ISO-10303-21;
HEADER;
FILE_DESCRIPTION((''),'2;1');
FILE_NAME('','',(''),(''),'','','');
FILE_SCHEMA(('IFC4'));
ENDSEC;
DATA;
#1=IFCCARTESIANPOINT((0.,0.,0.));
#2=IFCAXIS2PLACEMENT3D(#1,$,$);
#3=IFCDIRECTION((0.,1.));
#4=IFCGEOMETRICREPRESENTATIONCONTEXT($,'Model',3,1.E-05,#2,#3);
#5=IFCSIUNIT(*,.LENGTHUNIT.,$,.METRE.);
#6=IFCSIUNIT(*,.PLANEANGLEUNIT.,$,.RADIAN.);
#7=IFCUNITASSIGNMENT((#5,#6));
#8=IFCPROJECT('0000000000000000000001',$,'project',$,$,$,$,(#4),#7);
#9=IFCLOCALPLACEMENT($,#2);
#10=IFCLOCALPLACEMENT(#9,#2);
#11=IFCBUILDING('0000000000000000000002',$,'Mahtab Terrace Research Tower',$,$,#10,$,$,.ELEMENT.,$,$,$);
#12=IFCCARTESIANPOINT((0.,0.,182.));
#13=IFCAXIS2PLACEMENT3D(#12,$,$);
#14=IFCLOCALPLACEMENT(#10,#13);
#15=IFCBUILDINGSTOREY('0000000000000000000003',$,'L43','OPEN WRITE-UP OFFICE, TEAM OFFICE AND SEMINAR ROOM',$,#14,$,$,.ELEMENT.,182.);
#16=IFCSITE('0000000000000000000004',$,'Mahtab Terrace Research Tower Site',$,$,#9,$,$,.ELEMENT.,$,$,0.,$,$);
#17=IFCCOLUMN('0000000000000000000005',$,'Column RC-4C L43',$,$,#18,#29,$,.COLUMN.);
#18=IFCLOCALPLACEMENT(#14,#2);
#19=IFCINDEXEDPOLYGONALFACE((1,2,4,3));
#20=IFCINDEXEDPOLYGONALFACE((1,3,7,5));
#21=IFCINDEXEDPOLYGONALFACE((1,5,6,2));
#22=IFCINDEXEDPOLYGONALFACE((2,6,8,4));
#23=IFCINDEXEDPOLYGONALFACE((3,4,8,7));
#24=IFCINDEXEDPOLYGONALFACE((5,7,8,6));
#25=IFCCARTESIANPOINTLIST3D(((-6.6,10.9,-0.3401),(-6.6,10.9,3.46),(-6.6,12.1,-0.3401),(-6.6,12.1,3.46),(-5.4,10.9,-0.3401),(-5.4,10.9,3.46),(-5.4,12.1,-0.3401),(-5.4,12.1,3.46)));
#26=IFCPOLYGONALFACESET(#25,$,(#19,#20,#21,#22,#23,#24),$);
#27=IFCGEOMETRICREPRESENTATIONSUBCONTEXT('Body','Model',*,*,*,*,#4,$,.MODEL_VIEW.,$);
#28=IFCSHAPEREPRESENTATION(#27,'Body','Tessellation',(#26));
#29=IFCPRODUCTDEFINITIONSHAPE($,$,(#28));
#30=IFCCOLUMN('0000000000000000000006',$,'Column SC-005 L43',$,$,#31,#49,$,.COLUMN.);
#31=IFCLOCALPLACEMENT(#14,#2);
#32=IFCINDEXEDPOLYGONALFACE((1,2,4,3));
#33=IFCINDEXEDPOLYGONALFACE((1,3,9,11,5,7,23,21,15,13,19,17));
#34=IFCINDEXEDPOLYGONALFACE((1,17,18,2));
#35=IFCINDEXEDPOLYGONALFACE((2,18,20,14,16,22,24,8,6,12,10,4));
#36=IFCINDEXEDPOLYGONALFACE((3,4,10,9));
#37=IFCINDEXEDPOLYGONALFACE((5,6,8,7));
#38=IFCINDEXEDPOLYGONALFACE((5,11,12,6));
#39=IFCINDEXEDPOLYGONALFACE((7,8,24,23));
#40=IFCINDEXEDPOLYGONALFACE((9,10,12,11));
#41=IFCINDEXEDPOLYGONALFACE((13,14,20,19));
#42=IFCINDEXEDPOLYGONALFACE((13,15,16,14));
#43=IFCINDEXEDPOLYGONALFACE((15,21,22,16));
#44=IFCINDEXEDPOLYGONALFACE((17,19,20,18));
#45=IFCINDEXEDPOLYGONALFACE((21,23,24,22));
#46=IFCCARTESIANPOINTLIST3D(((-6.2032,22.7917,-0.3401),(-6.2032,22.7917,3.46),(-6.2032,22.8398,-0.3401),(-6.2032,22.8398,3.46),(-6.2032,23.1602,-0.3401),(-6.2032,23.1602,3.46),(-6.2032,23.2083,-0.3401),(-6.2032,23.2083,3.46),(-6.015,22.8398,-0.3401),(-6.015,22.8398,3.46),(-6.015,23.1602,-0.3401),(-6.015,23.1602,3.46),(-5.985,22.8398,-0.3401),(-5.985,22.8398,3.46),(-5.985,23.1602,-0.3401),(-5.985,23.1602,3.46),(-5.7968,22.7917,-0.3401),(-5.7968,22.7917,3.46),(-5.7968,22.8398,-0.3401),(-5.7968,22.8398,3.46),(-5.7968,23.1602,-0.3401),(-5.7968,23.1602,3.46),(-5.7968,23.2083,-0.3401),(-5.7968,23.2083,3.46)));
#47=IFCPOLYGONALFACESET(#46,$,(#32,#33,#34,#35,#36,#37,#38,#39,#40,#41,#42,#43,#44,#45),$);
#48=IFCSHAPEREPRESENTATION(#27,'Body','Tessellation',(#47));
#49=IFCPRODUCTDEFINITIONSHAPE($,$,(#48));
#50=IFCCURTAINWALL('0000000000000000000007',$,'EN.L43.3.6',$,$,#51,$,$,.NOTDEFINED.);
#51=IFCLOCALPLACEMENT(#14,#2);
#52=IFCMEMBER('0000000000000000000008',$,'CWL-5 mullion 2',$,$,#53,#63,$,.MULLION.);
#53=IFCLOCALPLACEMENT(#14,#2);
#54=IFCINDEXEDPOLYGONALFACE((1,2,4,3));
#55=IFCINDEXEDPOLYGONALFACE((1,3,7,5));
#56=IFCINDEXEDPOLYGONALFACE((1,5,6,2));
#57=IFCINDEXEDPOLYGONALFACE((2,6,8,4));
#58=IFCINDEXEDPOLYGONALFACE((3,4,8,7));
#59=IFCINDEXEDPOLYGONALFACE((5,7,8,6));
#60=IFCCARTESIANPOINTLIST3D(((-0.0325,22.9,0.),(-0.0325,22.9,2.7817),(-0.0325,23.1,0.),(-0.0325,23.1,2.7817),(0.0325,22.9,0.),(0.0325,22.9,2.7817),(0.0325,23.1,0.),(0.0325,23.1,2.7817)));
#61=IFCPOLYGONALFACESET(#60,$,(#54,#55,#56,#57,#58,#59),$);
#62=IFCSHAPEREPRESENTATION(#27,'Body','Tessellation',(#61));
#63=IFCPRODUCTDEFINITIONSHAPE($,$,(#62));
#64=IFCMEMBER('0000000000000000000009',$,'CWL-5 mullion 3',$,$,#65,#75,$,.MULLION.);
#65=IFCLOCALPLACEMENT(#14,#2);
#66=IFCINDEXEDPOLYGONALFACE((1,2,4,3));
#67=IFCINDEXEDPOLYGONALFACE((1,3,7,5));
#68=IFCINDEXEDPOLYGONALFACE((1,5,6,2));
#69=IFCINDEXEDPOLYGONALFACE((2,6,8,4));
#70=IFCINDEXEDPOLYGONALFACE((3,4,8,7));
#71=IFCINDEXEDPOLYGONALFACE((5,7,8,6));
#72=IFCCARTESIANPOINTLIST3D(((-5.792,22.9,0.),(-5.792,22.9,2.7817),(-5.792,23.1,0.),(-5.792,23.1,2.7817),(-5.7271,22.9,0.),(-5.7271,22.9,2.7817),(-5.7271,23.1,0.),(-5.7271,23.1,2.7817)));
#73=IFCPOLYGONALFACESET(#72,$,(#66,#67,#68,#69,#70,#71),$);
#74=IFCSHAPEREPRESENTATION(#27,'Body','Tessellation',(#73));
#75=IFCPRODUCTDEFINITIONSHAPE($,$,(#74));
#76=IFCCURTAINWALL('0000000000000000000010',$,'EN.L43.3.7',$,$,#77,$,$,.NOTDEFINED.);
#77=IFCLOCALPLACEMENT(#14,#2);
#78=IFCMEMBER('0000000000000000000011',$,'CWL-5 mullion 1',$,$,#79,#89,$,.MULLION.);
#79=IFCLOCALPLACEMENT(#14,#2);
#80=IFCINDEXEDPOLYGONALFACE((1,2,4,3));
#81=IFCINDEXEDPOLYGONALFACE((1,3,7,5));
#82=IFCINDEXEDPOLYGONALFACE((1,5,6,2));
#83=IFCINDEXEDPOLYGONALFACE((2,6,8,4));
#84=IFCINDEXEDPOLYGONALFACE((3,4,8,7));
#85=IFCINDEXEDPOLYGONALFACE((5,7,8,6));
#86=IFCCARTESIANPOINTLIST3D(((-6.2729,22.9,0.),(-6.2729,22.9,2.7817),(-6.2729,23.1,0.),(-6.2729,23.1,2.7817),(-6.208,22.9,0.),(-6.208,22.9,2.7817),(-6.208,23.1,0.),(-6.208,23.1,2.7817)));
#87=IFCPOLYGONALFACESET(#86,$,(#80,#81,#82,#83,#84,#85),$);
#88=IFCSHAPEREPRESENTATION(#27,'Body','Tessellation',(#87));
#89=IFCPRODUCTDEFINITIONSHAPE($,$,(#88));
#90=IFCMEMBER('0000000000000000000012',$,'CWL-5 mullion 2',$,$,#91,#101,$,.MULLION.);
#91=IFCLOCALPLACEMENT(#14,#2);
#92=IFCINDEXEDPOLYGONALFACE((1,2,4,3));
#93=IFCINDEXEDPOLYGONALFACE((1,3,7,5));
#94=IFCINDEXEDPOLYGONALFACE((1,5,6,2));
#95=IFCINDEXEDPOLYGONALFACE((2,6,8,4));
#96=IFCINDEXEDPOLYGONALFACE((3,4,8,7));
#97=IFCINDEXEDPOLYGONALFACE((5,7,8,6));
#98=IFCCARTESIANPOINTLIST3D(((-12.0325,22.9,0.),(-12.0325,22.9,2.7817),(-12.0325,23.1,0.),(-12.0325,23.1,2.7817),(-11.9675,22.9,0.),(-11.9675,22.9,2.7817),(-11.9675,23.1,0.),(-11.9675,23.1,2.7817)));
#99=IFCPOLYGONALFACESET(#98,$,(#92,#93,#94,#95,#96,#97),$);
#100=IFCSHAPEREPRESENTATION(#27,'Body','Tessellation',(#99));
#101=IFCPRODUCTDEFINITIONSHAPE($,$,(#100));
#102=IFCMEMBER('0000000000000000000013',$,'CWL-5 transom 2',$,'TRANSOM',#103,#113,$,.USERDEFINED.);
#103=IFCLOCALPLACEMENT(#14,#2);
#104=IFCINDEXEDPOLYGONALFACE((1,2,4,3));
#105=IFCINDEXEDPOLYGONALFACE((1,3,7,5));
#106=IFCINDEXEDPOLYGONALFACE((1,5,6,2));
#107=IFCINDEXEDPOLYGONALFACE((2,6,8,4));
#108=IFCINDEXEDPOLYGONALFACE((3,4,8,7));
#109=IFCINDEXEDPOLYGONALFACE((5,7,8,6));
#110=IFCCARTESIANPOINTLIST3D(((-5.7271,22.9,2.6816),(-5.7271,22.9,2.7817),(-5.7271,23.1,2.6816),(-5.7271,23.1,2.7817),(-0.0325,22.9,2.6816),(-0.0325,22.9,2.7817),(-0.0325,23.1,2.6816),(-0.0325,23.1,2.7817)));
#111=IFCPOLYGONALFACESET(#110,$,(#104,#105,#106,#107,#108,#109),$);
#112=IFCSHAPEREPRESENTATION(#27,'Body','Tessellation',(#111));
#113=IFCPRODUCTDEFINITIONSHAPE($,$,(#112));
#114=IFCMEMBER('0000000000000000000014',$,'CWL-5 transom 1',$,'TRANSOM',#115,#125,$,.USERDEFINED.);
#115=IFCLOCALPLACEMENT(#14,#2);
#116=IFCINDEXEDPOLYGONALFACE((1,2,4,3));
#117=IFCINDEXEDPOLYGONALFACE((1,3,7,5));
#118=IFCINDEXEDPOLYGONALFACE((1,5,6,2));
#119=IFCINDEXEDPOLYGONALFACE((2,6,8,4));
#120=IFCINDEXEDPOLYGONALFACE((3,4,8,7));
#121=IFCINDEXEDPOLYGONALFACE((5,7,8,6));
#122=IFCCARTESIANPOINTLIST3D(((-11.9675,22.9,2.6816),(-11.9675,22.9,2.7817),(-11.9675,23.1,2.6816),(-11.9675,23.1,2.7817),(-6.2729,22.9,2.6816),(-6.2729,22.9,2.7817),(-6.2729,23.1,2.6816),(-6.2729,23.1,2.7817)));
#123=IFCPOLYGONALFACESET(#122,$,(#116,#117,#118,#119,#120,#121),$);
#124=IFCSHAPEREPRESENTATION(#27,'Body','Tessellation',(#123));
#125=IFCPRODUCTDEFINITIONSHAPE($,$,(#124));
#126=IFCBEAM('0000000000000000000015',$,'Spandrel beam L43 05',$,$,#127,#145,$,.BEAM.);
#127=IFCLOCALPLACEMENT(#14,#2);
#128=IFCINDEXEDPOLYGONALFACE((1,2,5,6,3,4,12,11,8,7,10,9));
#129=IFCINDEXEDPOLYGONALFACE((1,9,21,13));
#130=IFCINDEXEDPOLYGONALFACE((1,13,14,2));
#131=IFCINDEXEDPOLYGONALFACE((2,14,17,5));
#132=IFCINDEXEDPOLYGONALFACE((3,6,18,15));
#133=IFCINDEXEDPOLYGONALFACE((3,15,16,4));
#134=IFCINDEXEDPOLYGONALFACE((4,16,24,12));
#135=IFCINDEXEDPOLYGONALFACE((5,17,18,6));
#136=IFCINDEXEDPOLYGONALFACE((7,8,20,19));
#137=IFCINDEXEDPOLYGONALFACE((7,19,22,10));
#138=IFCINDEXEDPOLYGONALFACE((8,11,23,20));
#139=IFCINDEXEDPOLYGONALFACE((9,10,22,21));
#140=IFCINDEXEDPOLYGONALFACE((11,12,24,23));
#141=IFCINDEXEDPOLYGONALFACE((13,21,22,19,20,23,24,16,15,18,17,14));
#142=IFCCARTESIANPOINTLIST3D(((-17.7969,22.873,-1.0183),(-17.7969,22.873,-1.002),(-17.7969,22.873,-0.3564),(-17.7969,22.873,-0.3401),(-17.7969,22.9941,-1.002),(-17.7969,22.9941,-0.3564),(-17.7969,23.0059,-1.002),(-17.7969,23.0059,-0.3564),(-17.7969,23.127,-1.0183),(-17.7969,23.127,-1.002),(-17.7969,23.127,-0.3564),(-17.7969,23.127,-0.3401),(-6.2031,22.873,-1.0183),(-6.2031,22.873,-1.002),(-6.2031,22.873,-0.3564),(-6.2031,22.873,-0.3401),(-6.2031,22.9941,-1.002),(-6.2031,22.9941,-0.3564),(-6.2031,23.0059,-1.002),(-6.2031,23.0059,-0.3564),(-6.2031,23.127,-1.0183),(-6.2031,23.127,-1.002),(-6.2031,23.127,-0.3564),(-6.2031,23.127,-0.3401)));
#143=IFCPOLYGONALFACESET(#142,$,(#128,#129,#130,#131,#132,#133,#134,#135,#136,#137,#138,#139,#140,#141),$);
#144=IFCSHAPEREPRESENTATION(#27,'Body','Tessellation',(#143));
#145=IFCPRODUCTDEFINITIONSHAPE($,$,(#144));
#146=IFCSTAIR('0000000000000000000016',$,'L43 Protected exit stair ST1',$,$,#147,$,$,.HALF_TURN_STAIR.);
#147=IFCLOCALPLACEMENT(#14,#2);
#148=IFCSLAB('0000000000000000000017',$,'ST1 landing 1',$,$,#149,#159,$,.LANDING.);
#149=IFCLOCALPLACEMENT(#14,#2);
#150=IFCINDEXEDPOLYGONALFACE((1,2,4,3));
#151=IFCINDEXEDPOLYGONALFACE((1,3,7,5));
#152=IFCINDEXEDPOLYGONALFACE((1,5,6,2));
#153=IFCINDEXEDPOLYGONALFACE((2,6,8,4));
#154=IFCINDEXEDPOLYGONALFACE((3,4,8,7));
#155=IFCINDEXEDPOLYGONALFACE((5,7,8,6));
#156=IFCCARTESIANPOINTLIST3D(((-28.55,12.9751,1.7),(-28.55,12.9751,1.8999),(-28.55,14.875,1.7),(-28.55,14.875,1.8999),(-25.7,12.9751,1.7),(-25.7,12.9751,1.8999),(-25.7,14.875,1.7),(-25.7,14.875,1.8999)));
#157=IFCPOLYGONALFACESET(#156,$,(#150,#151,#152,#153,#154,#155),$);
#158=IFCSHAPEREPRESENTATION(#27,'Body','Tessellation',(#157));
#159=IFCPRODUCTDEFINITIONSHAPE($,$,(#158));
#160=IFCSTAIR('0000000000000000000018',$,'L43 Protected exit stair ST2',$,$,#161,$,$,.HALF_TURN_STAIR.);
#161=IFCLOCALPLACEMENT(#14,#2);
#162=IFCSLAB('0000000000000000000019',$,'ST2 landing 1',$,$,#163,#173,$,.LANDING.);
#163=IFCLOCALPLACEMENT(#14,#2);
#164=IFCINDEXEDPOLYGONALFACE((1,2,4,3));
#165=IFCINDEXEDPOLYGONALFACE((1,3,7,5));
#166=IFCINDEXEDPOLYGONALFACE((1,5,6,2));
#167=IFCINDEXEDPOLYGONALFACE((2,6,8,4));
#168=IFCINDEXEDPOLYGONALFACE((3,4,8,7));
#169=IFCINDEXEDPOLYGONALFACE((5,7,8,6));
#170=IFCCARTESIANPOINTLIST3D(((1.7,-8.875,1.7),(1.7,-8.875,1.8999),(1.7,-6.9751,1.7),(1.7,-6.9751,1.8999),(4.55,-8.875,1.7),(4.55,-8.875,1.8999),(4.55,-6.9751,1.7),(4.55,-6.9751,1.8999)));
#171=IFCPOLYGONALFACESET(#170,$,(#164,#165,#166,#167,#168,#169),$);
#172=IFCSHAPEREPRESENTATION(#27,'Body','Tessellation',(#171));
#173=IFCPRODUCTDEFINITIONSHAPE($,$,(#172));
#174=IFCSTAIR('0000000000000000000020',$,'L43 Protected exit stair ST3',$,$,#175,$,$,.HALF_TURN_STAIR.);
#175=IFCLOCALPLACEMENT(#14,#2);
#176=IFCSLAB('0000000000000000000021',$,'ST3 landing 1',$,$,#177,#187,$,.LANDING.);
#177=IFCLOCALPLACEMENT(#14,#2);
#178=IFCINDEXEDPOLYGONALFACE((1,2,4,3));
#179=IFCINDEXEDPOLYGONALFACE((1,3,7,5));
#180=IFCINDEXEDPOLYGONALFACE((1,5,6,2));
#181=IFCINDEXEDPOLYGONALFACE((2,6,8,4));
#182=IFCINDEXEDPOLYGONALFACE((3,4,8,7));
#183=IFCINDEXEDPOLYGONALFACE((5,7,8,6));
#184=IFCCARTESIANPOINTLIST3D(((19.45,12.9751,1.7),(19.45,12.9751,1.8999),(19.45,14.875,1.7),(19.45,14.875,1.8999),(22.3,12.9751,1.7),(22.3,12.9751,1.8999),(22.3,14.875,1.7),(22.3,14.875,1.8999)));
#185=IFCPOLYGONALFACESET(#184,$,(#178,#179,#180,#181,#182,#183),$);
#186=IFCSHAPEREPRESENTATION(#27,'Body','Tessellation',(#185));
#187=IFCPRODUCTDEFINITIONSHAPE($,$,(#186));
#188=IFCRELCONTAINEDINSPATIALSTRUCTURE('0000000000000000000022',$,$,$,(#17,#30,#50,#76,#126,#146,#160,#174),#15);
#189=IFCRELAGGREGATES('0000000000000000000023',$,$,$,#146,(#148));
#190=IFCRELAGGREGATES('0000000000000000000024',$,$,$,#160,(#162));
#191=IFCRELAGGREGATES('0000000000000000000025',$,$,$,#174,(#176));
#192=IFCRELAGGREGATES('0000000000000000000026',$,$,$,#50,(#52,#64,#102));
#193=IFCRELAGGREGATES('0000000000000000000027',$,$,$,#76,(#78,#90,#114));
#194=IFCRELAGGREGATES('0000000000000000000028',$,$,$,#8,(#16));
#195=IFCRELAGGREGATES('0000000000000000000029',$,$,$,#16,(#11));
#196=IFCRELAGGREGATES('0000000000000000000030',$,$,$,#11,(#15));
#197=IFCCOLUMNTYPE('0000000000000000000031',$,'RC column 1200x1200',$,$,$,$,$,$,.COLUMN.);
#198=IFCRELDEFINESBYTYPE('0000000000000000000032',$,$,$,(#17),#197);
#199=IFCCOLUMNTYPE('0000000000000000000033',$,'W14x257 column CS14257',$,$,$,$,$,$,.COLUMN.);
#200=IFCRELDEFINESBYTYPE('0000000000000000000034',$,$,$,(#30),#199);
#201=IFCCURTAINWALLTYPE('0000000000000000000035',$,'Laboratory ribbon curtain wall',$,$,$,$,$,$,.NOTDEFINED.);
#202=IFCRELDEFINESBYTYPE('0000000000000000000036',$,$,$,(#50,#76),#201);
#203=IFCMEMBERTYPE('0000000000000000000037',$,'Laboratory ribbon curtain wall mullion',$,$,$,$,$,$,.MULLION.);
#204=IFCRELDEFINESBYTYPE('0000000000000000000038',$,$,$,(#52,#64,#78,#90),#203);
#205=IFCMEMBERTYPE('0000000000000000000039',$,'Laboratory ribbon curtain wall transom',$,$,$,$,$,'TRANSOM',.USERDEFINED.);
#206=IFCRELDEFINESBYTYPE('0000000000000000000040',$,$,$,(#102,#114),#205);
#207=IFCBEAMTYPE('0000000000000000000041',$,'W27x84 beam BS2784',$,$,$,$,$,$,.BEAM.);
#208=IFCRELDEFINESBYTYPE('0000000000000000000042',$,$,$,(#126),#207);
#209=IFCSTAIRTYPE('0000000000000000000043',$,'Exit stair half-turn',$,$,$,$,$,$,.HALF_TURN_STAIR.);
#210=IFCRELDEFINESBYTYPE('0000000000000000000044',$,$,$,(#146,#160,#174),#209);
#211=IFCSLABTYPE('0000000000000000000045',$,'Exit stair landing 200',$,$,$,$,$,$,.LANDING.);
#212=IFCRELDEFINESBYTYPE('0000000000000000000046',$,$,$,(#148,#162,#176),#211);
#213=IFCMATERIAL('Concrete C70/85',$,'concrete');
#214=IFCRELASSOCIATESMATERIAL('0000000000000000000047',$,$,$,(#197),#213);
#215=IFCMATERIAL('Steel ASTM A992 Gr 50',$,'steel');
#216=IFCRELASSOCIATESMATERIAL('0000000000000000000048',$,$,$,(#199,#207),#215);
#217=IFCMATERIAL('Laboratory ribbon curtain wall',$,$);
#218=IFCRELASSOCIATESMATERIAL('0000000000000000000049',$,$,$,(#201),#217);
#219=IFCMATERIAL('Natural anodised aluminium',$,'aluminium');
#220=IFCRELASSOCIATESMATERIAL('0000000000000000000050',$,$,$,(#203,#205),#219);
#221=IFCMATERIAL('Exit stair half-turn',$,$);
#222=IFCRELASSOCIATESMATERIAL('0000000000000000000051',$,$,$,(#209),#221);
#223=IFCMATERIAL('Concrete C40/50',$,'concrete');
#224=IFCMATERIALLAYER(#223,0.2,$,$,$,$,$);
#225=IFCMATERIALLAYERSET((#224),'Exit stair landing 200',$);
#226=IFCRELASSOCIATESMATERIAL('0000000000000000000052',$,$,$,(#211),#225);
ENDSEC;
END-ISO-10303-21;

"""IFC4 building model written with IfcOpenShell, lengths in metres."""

from ifc_helpers import new_model, si_unit, direction, frame, origin, origin_2d, place, context, subcontext, project, spatial, polyline, rectangle, i_section, outline, extrude, material, layer, layer_set, material_profile, profile_set, type_object, element, aggregate, save


model = new_model("IFC4")

# Units and contexts
model_context = context("Model", 3, precision=1e-05, world=origin(), true_north=direction((0.0, 1.0)))
body_context = subcontext(model_context, "Body", "Model", "MODEL_VIEW")
ifc_project = project(units=[si_unit("LENGTHUNIT", "METRE"), si_unit("PLANEANGLEUNIT", "RADIAN")], contexts=[model_context])

# Site, building, storey
site_placement = place(None, origin())
site = spatial("IfcSite", under=ifc_project, at=site_placement, Name="Mahtab Terrace Research Tower Site", CompositionType="ELEMENT", RefElevation=0.0)
building_placement = place(site_placement, origin())
building = spatial("IfcBuilding", under=site, at=building_placement, Name="Mahtab Terrace Research Tower", CompositionType="ELEMENT")
storey_placement = place(building_placement, frame((0.0, 0.0, 182.0)))
storey = spatial("IfcBuildingStorey", under=building, at=storey_placement, Name="L43", Description="OPEN WRITE-UP OFFICE, TEAM OFFICE AND SEMINAR ROOM", CompositionType="ELEMENT", Elevation=182.0)

# Columns
ifc_material_1 = material(Name="Concrete C70/85", Category="concrete")
ifc_material_profile_1 = material_profile(ifc_material_1, rectangle(XDim=1.2, YDim=1.2, at=origin_2d()), Name="RC column 1200x1200")
ifc_profile_set_1 = profile_set([ifc_material_profile_1], Name="Concrete C70/85")
column_type_1 = type_object("IfcColumnType", Name="RC column 1200x1200", PredefinedType="COLUMN", material=ifc_profile_set_1)
column_1_placement = place(storey_placement, frame((-6.0, 11.5, -0.3401), z_axis=(0.0, 0.0, 1.0), x_axis=(1.0, 0.0, 0.0)))
element("IfcColumn", 1, at=column_1_placement, inside=storey, type_object=column_type_1, Name="Column RC-4C L43", PredefinedType="COLUMN", context=body_context, shape_type="SweptSolid", body=[
    extrude(rectangle(XDim=1.2, YDim=1.2, at=origin_2d()), origin(), (0.0, 0.0, 1.0), 3.8),
])
ifc_material_2 = material(Name="Steel ASTM A992 Gr 50", Category="steel")
ifc_material_profile_2 = material_profile(ifc_material_2, i_section(OverallWidth=0.4065, OverallDepth=0.4165, WebThickness=0.03, FlangeThickness=0.0481, at=origin_2d()), Name="W14X257")
ifc_profile_set_2 = profile_set([ifc_material_profile_2], Name="Steel ASTM A992 Gr 50")
column_type_2 = type_object("IfcColumnType", Name="W14x257 column CS14257", PredefinedType="COLUMN", material=ifc_profile_set_2)
column_2_placement = place(storey_placement, frame((-6.0, 23.0, -0.3401), z_axis=(0.0, 0.0, 1.0), x_axis=(1.0, 0.0, 0.0)))
element("IfcColumn", 2, at=column_2_placement, inside=storey, type_object=column_type_2, Name="Column SC-005 L43", PredefinedType="COLUMN", context=body_context, shape_type="SweptSolid", body=[
    extrude(i_section(OverallWidth=0.4065, OverallDepth=0.4165, WebThickness=0.03, FlangeThickness=0.0481, at=origin_2d()), origin(), (0.0, 0.0, 1.0), 3.8),
])

# Curtain walls, members
ifc_material_3 = material(Name="Laboratory ribbon curtain wall")
curtain_wall_type = type_object("IfcCurtainWallType", Name="Laboratory ribbon curtain wall", PredefinedType="NOTDEFINED", material=ifc_material_3)
curtain_wall_1_placement = place(storey_placement, origin())
curtain_wall_1 = element("IfcCurtainWall", 3, at=curtain_wall_1_placement, inside=storey, type_object=curtain_wall_type, Name="EN.L43.3.6", PredefinedType="NOTDEFINED")
ifc_material_4 = material(Name="Natural anodised aluminium", Category="aluminium")
ifc_material_profile_3 = material_profile(ifc_material_4, rectangle(XDim=0.2, YDim=0.0649, at=origin_2d()), Name="MULLION 65x200")
ifc_profile_set_3 = profile_set([ifc_material_profile_3], Name="Natural anodised aluminium")
member_type_1 = type_object("IfcMemberType", Name="Laboratory ribbon curtain wall mullion", PredefinedType="MULLION", material=ifc_profile_set_3)
member_1_placement = place(storey_placement, frame((0.0, 23.0, 0.0), z_axis=(0.0, 0.0, 1.0), x_axis=(0.0, -1.0, 0.0)))
member_1 = element("IfcMember", 4, at=member_1_placement, type_object=member_type_1, Name="CWL-5 mullion 2", PredefinedType="MULLION", context=body_context, shape_type="SweptSolid", body=[
    extrude(rectangle(XDim=0.2, YDim=0.0649, at=origin_2d()), origin(), (0.0, 0.0, 1.0), 2.7817),
])
member_2_placement = place(storey_placement, frame((-5.7595, 23.0, 0.0), z_axis=(0.0, 0.0, 1.0), x_axis=(0.0, -1.0, 0.0)))
member_2 = element("IfcMember", 5, at=member_2_placement, type_object=member_type_1, Name="CWL-5 mullion 3", PredefinedType="MULLION", context=body_context, shape_type="SweptSolid", body=[
    extrude(rectangle(XDim=0.2, YDim=0.0649, at=origin_2d()), origin(), (0.0, 0.0, 1.0), 2.7817),
])
curtain_wall_2_placement = place(storey_placement, origin())
curtain_wall_2 = element("IfcCurtainWall", 6, at=curtain_wall_2_placement, inside=storey, type_object=curtain_wall_type, Name="EN.L43.3.7", PredefinedType="NOTDEFINED")
member_3_placement = place(storey_placement, frame((-6.2405, 23.0, 0.0), z_axis=(0.0, 0.0, 1.0), x_axis=(0.0, -1.0, 0.0)))
member_3 = element("IfcMember", 7, at=member_3_placement, type_object=member_type_1, Name="CWL-5 mullion 1", PredefinedType="MULLION", context=body_context, shape_type="SweptSolid", body=[
    extrude(rectangle(XDim=0.2, YDim=0.0649, at=origin_2d()), origin(), (0.0, 0.0, 1.0), 2.7817),
])
member_4_placement = place(storey_placement, frame((-12.0, 23.0, 0.0), z_axis=(0.0, 0.0, 1.0), x_axis=(0.0, -1.0, 0.0)))
member_4 = element("IfcMember", 8, at=member_4_placement, type_object=member_type_1, Name="CWL-5 mullion 2", PredefinedType="MULLION", context=body_context, shape_type="SweptSolid", body=[
    extrude(rectangle(XDim=0.2, YDim=0.0649, at=origin_2d()), origin(), (0.0, 0.0, 1.0), 2.7817),
])

# Members
ifc_material_profile_4 = material_profile(ifc_material_4, rectangle(XDim=0.2, YDim=0.1001, at=origin_2d()), Name="TRANSOM 100x200")
ifc_profile_set_4 = profile_set([ifc_material_profile_4], Name="Natural anodised aluminium")
member_type_2 = type_object("IfcMemberType", Name="Laboratory ribbon curtain wall transom", ElementType="TRANSOM", PredefinedType="USERDEFINED", material=ifc_profile_set_4)
member_5_placement = place(storey_placement, frame((-0.0325, 23.0, 2.7317), z_axis=(-1.0, 0.0, 0.0), x_axis=(0.0, -1.0, 0.0)))
member_5 = element("IfcMember", 9, at=member_5_placement, type_object=member_type_2, Name="CWL-5 transom 2", ObjectType="TRANSOM", PredefinedType="USERDEFINED", context=body_context, shape_type="SweptSolid", body=[
    extrude(rectangle(XDim=0.2, YDim=0.1001, at=origin_2d()), origin(), (0.0, 0.0, 1.0), 5.6946),
])
member_6_placement = place(storey_placement, frame((-6.2729, 23.0, 2.7317), z_axis=(-1.0, 0.0, 0.0), x_axis=(0.0, -1.0, 0.0)))
member_6 = element("IfcMember", 10, at=member_6_placement, type_object=member_type_2, Name="CWL-5 transom 1", ObjectType="TRANSOM", PredefinedType="USERDEFINED", context=body_context, shape_type="SweptSolid", body=[
    extrude(rectangle(XDim=0.2, YDim=0.1001, at=origin_2d()), origin(), (0.0, 0.0, 1.0), 5.6946),
])

# Beam
ifc_material_profile_5 = material_profile(ifc_material_2, i_section(OverallWidth=0.2539, OverallDepth=0.6782, WebThickness=0.0117, FlangeThickness=0.0164, at=origin_2d()), Name="W27X84")
ifc_profile_set_5 = profile_set([ifc_material_profile_5], Name="Steel ASTM A992 Gr 50")
beam_type = type_object("IfcBeamType", Name="W27x84 beam BS2784", PredefinedType="BEAM", material=ifc_profile_set_5)
beam_placement = place(storey_placement, frame((-6.2031, 23.0, -0.6792), z_axis=(-1.0, 0.0, 0.0), x_axis=(0.0, -1.0, 0.0)))
element("IfcBeam", 11, at=beam_placement, inside=storey, type_object=beam_type, Name="Spandrel beam L43 05", PredefinedType="BEAM", context=body_context, shape_type="SweptSolid", body=[
    extrude(i_section(OverallWidth=0.2539, OverallDepth=0.6782, WebThickness=0.0117, FlangeThickness=0.0164, at=origin_2d()), origin(), (0.0, 0.0, 1.0), 11.5938),
])

# Stairs, slabs
ifc_material_5 = material(Name="Exit stair half-turn")
stair_type = type_object("IfcStairType", Name="Exit stair half-turn", PredefinedType="HALF_TURN_STAIR", material=ifc_material_5)
stair_1_placement = place(storey_placement, origin())
stair_1 = element("IfcStair", 12, at=stair_1_placement, inside=storey, type_object=stair_type, Name="L43 Protected exit stair ST1", PredefinedType="HALF_TURN_STAIR")
ifc_material_6 = material(Name="Concrete C40/50", Category="concrete")
ifc_layer_1 = layer(ifc_material_6, 0.2)
ifc_layer_set_1 = layer_set([ifc_layer_1], Name="Exit stair landing 200")
slab_type = type_object("IfcSlabType", Name="Exit stair landing 200", PredefinedType="LANDING", material=ifc_layer_set_1)
slab_1_placement = place(storey_placement, frame((0.0, 0.0, 1.7)))
slab_1 = element("IfcSlab", 13, at=slab_1_placement, type_object=slab_type, Name="ST1 landing 1", PredefinedType="LANDING", context=body_context, shape_type="SweptSolid", body=[
    extrude(outline(polyline([(-25.7, 12.9751), (-25.7, 14.875), (-28.55, 14.875), (-28.55, 12.9751), (-25.7, 12.9751)])), origin(), (0.0, 0.0, 1.0), 0.2),
])
aggregate(stair_1, [slab_1])
stair_2_placement = place(storey_placement, origin())
stair_2 = element("IfcStair", 14, at=stair_2_placement, inside=storey, type_object=stair_type, Name="L43 Protected exit stair ST2", PredefinedType="HALF_TURN_STAIR")
slab_2_placement = place(storey_placement, frame((0.0, 0.0, 1.7)))
slab_2 = element("IfcSlab", 15, at=slab_2_placement, type_object=slab_type, Name="ST2 landing 1", PredefinedType="LANDING", context=body_context, shape_type="SweptSolid", body=[
    extrude(outline(polyline([(1.7, -6.9751), (1.7, -8.875), (4.55, -8.875), (4.55, -6.9751), (1.7, -6.9751)])), origin(), (0.0, 0.0, 1.0), 0.2),
])
aggregate(stair_2, [slab_2])
stair_3_placement = place(storey_placement, origin())
stair_3 = element("IfcStair", 16, at=stair_3_placement, inside=storey, type_object=stair_type, Name="L43 Protected exit stair ST3", PredefinedType="HALF_TURN_STAIR")
slab_3_placement = place(storey_placement, frame((0.0, 0.0, 1.7)))
slab_3 = element("IfcSlab", 17, at=slab_3_placement, type_object=slab_type, Name="ST3 landing 1", PredefinedType="LANDING", context=body_context, shape_type="SweptSolid", body=[
    extrude(outline(polyline([(22.3, 12.9751), (22.3, 14.875), (19.45, 14.875), (19.45, 12.9751), (22.3, 12.9751)])), origin(), (0.0, 0.0, 1.0), 0.2),
])
aggregate(stair_3, [slab_3])

aggregate(curtain_wall_1, [member_1, member_2, member_5])
aggregate(curtain_wall_2, [member_3, member_4, member_6])

save(model, "model.ifc")
